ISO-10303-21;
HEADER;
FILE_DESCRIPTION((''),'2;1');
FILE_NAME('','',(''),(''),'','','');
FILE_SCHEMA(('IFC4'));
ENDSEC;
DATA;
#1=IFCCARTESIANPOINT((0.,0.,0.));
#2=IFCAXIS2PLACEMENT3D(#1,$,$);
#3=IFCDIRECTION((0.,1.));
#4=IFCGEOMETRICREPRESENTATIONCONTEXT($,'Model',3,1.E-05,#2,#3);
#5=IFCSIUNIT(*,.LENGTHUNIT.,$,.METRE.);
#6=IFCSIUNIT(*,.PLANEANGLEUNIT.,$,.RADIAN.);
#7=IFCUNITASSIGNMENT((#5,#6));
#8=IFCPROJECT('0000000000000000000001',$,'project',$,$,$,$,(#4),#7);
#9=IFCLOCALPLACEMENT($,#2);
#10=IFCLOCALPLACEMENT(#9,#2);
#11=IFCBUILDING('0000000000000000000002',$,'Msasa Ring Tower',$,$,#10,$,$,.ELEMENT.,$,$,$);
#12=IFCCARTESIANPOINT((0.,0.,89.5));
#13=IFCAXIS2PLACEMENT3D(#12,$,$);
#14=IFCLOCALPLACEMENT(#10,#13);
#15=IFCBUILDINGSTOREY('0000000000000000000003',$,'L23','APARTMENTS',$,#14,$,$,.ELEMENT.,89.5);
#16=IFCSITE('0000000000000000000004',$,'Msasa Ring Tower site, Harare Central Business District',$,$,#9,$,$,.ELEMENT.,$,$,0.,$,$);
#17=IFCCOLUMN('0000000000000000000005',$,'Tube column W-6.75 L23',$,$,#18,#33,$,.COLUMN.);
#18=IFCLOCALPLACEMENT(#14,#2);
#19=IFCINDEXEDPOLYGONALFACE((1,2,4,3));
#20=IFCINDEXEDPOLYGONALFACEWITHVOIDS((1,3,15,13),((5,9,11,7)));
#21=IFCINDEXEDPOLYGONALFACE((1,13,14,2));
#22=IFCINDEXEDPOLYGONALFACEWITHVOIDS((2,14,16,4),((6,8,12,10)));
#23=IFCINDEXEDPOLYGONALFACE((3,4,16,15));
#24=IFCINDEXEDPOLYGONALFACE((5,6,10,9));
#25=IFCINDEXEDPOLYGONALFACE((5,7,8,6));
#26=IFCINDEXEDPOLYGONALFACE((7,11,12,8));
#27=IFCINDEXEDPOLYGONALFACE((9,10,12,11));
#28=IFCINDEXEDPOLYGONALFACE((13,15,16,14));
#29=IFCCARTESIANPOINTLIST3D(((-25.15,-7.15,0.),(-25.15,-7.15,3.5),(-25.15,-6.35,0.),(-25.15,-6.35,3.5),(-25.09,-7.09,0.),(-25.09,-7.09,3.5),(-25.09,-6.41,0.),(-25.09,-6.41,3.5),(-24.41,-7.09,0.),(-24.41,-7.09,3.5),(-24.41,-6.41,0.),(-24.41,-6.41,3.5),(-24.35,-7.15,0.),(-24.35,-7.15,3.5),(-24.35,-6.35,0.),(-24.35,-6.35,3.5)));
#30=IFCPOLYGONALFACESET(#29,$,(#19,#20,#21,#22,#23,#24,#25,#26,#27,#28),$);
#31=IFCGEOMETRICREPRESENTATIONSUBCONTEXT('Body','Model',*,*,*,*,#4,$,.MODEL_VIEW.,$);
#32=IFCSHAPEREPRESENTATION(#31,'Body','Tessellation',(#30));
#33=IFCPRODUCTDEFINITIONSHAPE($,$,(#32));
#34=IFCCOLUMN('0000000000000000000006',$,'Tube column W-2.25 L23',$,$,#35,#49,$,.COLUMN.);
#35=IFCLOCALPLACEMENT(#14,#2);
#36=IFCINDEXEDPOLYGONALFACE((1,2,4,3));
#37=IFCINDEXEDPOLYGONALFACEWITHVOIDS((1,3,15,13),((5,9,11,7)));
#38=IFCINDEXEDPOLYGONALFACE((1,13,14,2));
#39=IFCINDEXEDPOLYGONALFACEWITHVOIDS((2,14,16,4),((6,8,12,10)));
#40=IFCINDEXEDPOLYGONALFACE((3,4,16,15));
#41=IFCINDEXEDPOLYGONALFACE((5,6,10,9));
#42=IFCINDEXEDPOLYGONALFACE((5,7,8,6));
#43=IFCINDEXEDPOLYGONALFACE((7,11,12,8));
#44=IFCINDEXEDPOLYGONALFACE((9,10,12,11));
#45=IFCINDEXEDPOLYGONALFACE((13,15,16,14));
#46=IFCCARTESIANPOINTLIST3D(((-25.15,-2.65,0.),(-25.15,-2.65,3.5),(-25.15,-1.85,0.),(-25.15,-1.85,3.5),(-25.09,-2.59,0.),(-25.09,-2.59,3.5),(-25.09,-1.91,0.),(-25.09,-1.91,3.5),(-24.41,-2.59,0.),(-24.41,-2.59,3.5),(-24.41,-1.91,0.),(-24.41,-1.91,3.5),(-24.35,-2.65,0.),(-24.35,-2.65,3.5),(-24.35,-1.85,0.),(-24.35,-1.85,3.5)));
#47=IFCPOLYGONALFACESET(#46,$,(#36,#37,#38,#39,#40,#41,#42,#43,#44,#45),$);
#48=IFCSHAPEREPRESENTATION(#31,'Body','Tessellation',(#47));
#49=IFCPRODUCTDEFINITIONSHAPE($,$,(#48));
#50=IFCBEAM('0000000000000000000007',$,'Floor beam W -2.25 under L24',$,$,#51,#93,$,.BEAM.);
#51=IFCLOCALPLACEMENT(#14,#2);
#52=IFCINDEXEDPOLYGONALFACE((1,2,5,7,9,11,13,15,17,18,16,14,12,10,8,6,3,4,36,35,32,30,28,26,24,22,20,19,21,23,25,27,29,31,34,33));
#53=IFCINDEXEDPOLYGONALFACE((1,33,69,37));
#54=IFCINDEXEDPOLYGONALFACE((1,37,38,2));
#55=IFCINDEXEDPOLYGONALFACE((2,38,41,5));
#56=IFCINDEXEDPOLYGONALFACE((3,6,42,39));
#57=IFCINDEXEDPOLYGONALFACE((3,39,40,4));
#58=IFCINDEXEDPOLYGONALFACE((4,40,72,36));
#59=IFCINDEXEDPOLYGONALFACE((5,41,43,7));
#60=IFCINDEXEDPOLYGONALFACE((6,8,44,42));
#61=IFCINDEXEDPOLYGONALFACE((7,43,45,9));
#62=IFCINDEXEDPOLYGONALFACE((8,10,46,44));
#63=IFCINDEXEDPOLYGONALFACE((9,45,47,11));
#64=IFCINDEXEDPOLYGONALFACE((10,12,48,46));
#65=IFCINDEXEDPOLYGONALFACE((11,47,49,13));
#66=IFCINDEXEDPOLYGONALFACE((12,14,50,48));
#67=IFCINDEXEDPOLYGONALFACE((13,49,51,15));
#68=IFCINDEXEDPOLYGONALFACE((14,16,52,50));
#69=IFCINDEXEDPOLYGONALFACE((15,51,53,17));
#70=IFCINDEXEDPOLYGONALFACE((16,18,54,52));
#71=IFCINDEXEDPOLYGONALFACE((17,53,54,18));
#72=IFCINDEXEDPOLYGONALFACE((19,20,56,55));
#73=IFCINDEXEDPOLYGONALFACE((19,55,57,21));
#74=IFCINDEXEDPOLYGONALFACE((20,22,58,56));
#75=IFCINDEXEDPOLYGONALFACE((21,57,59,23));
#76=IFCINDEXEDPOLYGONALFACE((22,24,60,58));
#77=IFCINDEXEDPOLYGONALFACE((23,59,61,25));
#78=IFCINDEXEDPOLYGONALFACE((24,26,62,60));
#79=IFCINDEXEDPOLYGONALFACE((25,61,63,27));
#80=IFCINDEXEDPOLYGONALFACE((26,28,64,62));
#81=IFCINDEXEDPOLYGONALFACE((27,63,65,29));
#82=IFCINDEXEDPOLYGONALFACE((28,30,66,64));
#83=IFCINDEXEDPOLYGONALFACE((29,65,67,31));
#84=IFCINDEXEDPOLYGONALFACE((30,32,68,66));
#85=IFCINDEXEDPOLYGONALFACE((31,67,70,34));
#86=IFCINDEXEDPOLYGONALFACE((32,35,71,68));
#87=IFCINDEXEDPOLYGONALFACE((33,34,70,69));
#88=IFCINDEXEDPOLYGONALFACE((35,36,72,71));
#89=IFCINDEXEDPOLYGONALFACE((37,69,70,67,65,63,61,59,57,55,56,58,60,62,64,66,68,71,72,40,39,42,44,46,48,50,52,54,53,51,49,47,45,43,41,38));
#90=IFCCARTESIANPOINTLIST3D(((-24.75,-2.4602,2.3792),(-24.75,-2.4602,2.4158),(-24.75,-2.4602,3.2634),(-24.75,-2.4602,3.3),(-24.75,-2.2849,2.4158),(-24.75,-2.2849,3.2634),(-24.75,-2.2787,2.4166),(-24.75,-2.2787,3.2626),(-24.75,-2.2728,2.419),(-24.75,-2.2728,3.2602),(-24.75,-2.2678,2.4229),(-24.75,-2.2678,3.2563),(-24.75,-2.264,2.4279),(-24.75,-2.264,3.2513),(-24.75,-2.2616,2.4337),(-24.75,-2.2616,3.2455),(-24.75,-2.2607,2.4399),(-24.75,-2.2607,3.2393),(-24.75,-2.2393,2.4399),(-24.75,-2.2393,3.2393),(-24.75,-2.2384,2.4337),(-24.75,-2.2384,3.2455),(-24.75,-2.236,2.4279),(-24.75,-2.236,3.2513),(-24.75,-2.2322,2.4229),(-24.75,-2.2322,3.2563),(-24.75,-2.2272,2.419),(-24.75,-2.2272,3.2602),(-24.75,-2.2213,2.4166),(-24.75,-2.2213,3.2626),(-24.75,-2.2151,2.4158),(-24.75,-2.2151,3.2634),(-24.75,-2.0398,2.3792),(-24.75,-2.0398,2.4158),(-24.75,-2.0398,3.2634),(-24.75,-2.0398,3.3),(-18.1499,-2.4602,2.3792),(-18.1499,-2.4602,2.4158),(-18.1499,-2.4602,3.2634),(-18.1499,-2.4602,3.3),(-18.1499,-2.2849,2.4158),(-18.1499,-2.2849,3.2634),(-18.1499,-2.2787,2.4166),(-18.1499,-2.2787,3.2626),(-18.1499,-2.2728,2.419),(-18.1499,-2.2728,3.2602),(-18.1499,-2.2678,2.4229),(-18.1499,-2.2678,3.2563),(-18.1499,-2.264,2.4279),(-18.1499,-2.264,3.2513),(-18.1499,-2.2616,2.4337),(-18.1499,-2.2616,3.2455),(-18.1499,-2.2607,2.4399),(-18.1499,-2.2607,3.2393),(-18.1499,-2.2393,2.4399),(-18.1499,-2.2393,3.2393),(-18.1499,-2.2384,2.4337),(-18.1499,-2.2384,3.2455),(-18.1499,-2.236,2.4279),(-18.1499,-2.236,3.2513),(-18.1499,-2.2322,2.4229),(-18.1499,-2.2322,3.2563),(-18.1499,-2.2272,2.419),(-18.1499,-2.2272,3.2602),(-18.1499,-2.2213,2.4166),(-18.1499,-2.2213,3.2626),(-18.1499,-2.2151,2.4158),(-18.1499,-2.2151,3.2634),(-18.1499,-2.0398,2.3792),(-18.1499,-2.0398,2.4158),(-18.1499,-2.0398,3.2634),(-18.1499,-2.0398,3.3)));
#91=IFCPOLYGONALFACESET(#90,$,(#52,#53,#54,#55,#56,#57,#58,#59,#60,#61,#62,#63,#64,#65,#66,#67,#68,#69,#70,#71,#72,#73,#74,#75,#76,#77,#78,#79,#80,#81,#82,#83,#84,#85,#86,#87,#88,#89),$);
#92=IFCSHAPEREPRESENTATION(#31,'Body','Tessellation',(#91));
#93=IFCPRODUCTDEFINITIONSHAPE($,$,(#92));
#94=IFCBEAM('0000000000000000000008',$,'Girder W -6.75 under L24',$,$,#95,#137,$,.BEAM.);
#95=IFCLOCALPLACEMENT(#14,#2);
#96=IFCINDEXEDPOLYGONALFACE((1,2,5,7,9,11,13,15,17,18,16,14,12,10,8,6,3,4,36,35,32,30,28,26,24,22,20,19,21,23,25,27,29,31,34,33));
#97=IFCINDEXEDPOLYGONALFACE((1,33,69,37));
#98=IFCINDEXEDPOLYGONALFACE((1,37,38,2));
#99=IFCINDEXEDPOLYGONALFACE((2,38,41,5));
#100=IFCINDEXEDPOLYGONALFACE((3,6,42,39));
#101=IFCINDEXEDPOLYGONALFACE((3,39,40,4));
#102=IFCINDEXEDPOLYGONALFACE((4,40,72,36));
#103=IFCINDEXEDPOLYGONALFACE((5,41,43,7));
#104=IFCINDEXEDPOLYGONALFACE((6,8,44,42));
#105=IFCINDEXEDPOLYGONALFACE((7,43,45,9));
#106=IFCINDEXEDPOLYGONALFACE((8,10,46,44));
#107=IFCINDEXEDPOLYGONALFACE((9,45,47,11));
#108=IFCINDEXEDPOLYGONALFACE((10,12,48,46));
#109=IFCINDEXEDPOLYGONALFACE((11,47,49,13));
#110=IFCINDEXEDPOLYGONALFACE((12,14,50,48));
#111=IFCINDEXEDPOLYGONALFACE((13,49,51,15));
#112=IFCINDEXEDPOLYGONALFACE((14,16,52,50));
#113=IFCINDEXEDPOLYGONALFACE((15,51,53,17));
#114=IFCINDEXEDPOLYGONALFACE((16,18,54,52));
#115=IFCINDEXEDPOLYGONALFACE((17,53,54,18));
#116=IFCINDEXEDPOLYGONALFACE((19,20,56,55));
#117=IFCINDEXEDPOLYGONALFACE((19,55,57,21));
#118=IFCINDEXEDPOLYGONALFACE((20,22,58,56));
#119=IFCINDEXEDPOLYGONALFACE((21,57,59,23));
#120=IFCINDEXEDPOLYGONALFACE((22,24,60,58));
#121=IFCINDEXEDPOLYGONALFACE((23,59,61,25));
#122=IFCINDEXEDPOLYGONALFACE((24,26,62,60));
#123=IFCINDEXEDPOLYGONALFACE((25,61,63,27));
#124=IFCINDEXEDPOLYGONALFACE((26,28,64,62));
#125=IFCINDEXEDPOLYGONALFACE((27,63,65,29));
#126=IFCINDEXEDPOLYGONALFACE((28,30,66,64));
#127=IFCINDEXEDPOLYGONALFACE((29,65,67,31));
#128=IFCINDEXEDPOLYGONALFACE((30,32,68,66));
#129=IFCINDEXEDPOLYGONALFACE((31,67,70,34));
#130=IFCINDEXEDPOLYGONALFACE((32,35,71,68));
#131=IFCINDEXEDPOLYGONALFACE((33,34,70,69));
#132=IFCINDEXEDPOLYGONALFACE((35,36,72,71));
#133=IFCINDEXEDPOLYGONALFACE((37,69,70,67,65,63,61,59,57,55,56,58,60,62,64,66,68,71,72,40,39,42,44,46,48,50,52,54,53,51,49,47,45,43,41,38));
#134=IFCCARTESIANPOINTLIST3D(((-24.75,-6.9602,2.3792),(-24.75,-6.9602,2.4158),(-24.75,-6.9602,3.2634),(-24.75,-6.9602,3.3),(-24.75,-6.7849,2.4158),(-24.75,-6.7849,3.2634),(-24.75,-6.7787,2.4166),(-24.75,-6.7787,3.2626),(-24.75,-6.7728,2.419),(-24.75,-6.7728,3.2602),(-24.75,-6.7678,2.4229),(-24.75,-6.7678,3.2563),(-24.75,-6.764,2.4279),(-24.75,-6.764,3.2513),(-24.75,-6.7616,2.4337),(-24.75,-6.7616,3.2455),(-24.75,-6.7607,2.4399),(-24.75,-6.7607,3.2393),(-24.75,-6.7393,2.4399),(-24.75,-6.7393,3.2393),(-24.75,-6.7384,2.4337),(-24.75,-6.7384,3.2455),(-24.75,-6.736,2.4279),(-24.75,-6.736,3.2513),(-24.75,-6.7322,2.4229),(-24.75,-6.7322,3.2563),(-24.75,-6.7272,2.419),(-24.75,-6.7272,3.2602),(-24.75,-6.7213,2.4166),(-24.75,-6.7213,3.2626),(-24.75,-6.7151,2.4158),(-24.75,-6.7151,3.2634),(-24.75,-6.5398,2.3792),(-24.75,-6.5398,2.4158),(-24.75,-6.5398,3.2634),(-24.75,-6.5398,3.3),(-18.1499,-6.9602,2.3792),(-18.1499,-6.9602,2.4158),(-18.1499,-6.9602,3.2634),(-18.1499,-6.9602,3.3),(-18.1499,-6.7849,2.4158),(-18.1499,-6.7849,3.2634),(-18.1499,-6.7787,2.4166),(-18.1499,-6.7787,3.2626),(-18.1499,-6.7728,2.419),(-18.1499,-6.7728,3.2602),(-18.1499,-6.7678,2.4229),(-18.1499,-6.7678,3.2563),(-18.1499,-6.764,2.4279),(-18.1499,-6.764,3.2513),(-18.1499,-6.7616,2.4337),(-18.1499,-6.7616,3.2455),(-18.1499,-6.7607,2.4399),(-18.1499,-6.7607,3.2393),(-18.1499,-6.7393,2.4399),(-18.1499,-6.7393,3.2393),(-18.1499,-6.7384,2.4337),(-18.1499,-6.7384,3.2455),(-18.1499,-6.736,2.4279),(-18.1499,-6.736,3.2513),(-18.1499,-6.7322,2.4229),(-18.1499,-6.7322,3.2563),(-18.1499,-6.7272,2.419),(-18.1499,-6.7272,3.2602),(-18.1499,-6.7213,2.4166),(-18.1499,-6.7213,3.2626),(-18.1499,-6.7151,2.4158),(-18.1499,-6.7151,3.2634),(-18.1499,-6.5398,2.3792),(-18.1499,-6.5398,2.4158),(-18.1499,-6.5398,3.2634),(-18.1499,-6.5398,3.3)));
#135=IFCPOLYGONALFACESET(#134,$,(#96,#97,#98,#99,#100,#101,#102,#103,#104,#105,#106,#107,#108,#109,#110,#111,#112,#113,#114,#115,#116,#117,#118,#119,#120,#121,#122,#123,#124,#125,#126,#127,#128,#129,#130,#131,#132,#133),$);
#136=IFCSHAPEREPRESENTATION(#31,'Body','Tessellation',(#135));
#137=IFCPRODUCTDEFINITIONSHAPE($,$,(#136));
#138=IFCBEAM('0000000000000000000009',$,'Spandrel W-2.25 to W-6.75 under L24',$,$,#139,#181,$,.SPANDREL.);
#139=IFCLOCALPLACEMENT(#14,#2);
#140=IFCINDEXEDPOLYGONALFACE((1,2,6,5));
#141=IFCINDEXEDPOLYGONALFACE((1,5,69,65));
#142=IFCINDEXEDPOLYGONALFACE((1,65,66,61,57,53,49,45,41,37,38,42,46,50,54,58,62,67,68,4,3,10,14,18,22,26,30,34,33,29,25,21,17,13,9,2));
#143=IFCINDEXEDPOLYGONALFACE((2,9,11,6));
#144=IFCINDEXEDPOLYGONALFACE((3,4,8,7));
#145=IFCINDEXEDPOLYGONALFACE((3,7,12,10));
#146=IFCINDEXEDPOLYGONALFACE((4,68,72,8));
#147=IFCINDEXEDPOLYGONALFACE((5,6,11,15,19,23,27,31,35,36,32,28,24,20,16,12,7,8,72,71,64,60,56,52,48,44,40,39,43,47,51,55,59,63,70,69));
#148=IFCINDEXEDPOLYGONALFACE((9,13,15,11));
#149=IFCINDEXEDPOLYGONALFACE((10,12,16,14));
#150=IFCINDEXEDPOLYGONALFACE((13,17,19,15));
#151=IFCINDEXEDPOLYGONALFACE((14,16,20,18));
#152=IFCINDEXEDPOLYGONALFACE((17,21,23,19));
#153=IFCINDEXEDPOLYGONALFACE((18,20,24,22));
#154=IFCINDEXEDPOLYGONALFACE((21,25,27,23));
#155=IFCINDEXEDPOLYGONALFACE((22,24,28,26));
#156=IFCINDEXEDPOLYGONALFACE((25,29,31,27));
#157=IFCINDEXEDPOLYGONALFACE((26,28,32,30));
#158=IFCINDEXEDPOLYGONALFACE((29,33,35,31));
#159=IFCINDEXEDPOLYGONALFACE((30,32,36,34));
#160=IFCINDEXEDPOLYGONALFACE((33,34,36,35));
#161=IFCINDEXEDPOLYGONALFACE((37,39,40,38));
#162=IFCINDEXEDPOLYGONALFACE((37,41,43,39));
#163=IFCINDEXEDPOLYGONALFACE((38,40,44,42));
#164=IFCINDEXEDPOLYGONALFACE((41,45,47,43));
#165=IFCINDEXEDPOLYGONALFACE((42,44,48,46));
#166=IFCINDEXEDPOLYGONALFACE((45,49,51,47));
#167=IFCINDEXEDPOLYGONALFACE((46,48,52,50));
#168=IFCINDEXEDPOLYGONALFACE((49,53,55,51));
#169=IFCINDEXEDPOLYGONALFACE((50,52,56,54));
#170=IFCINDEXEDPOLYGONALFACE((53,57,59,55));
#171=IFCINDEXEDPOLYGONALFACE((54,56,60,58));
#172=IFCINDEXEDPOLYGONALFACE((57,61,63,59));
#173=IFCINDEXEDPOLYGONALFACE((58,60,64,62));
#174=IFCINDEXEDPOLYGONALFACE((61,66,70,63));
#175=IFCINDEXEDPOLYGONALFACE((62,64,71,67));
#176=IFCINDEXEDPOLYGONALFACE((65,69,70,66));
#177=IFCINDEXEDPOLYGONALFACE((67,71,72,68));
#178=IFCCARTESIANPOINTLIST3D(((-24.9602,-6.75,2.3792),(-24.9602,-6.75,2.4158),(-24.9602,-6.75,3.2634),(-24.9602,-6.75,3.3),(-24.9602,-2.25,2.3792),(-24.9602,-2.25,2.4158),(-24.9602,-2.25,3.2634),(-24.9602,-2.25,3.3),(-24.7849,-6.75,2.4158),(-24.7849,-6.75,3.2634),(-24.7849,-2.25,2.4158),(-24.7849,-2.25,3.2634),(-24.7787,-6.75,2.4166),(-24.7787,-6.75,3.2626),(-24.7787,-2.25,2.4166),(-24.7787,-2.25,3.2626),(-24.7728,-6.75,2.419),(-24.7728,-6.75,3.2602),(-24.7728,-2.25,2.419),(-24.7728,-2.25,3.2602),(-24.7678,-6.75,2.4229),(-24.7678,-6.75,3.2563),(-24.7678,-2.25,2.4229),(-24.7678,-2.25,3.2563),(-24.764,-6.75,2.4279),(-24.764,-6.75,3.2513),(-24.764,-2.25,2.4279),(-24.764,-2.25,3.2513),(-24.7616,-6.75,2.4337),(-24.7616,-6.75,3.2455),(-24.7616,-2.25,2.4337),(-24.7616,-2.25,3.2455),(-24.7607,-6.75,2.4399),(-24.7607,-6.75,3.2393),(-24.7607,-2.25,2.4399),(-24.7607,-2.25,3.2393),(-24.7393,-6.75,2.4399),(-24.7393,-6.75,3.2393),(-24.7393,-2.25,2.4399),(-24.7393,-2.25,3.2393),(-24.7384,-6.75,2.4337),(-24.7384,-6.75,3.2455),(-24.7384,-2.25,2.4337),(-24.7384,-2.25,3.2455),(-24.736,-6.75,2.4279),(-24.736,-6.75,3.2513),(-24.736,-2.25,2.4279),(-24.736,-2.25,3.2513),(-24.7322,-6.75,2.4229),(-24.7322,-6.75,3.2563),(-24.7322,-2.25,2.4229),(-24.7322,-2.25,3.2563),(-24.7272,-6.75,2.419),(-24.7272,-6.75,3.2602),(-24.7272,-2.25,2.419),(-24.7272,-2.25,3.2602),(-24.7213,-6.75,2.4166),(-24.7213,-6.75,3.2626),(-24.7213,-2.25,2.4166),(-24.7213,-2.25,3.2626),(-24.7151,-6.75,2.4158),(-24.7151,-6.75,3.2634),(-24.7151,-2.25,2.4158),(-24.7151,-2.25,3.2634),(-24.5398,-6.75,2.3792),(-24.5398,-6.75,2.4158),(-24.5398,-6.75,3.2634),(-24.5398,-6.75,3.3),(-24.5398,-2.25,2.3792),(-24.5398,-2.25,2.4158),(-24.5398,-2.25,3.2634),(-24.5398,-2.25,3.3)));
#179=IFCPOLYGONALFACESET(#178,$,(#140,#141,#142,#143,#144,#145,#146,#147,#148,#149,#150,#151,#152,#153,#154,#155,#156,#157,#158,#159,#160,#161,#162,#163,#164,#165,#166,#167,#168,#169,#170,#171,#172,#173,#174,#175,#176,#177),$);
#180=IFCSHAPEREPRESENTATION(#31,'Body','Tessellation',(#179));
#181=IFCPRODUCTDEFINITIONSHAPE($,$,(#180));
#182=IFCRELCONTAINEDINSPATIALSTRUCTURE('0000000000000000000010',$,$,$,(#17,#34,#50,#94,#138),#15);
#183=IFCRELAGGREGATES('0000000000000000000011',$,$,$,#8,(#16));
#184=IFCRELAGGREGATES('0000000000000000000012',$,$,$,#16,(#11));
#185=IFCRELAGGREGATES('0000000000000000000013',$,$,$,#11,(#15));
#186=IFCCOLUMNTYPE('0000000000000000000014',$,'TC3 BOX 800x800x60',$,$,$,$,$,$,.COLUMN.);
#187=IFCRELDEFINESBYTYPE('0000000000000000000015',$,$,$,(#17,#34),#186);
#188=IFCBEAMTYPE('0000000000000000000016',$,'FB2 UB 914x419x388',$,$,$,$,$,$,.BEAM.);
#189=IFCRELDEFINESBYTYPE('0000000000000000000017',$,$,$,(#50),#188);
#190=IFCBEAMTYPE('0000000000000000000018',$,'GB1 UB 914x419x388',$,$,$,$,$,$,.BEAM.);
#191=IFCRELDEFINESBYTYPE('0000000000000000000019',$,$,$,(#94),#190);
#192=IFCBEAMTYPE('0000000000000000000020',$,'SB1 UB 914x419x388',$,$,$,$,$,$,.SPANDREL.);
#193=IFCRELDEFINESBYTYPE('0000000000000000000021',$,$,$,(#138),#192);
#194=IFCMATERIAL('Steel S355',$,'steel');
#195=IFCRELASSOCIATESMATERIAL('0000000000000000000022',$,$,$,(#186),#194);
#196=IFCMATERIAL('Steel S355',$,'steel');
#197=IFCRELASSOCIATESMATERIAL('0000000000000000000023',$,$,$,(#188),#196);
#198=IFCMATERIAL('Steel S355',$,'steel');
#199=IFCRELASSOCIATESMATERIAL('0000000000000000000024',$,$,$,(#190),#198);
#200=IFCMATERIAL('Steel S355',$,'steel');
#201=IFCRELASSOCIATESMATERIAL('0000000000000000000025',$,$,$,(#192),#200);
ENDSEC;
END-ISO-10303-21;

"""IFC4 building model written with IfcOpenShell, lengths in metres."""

from ifc_helpers import new_model, si_unit, direction, frame, origin, origin_2d, place, context, subcontext, project, spatial, hollow_rectangle, i_section, extrude, material, material_profile, profile_set, type_object, element, save


model = new_model("IFC4")

# Units and contexts
model_context = context("Model", 3, precision=1e-05, world=origin(), true_north=direction((0.0, 1.0)))
body_context = subcontext(model_context, "Body", "Model", "MODEL_VIEW")
ifc_project = project(units=[si_unit("LENGTHUNIT", "METRE"), si_unit("PLANEANGLEUNIT", "RADIAN")], contexts=[model_context])

# Site, building, storey
site_placement = place(None, origin())
site = spatial("IfcSite", under=ifc_project, at=site_placement, Name="Msasa Ring Tower site, Harare Central Business District", CompositionType="ELEMENT", RefElevation=0.0)
building_placement = place(site_placement, origin())
building = spatial("IfcBuilding", under=site, at=building_placement, Name="Msasa Ring Tower", CompositionType="ELEMENT")
storey_placement = place(building_placement, frame((0.0, 0.0, 89.5)))
storey = spatial("IfcBuildingStorey", under=building, at=storey_placement, Name="L23", Description="APARTMENTS", CompositionType="ELEMENT", Elevation=89.5)

# Columns
ifc_material_1 = material(Name="Steel S355", Category="steel")
ifc_material_profile_1 = material_profile(ifc_material_1, hollow_rectangle(XDim=0.8, YDim=0.8, WallThickness=0.0601, at=origin_2d()), Name="BOX 800x800x60")
ifc_profile_set_1 = profile_set([ifc_material_profile_1], Name="Steel S355")
column_type = type_object("IfcColumnType", Name="TC3 BOX 800x800x60", PredefinedType="COLUMN", material=ifc_profile_set_1)
for number, where, z_axis, x_axis, name in (
    (1, (-24.75, -6.75, 0.0), (0.0, 0.0, 1.0), (1.0, 0.0, 0.0), "Tube column W-6.75 L23"),
    (2, (-24.75, -2.25, 0.0), (0.0, 0.0, 1.0), (1.0, 0.0, 0.0), "Tube column W-2.25 L23"),
):
    element("IfcColumn", number, at=place(storey_placement, frame(where, z_axis=z_axis, x_axis=x_axis)), inside=storey, type_object=column_type, Name=name, PredefinedType="COLUMN", context=body_context, shape_type="SweptSolid", body=[
        extrude(hollow_rectangle(XDim=0.8, YDim=0.8, WallThickness=0.0601, at=origin_2d()), origin(), (0.0, 0.0, 1.0), 3.5),
    ])

# Beams
ifc_material_2 = material(Name="Steel S355", Category="steel")
ifc_material_profile_2 = material_profile(ifc_material_2, i_section(OverallWidth=0.4204, OverallDepth=0.9209, WebThickness=0.0215, FlangeThickness=0.0366, FilletRadius=0.0242, at=origin_2d()), Name="UB 914x419x388")
ifc_profile_set_2 = profile_set([ifc_material_profile_2], Name="Steel S355")
beam_type_1 = type_object("IfcBeamType", Name="FB2 UB 914x419x388", PredefinedType="BEAM", material=ifc_profile_set_2)
beam_1_placement = place(storey_placement, frame((-24.75, -2.25, 2.8396), z_axis=(1.0, 0.0, 0.0), x_axis=(0.0, 1.0, 0.0)))
element("IfcBeam", 3, at=beam_1_placement, inside=storey, type_object=beam_type_1, Name="Floor beam W -2.25 under L24", PredefinedType="BEAM", context=body_context, shape_type="SweptSolid", body=[
    extrude(i_section(OverallWidth=0.4204, OverallDepth=0.9209, WebThickness=0.0215, FlangeThickness=0.0366, FilletRadius=0.0242, at=origin_2d()), origin(), (0.0, 0.0, 1.0), 6.6001),
])
ifc_material_3 = material(Name="Steel S355", Category="steel")
ifc_material_profile_3 = material_profile(ifc_material_3, i_section(OverallWidth=0.4204, OverallDepth=0.9209, WebThickness=0.0215, FlangeThickness=0.0366, FilletRadius=0.0242, at=origin_2d()), Name="UB 914x419x388")
ifc_profile_set_3 = profile_set([ifc_material_profile_3], Name="Steel S355")
beam_type_2 = type_object("IfcBeamType", Name="GB1 UB 914x419x388", PredefinedType="BEAM", material=ifc_profile_set_3)
beam_2_placement = place(storey_placement, frame((-18.1499, -6.75, 2.8396), z_axis=(-1.0, 0.0, 0.0), x_axis=(0.0, -1.0, 0.0)))
element("IfcBeam", 4, at=beam_2_placement, inside=storey, type_object=beam_type_2, Name="Girder W -6.75 under L24", PredefinedType="BEAM", context=body_context, shape_type="SweptSolid", body=[
    extrude(i_section(OverallWidth=0.4204, OverallDepth=0.9209, WebThickness=0.0215, FlangeThickness=0.0366, FilletRadius=0.0242, at=origin_2d()), origin(), (0.0, 0.0, 1.0), 6.6001),
])
ifc_material_4 = material(Name="Steel S355", Category="steel")
ifc_material_profile_4 = material_profile(ifc_material_4, i_section(OverallWidth=0.4204, OverallDepth=0.9209, WebThickness=0.0215, FlangeThickness=0.0366, FilletRadius=0.0242, at=origin_2d()), Name="UB 914x419x388")
ifc_profile_set_4 = profile_set([ifc_material_profile_4], Name="Steel S355")
beam_type_3 = type_object("IfcBeamType", Name="SB1 UB 914x419x388", PredefinedType="SPANDREL", material=ifc_profile_set_4)
for number, where, z_axis, x_axis, name in (
    (5, (-24.75, -2.25, 2.8396), (0.0, -1.0, 0.0), (1.0, 0.0, 0.0), "Spandrel W-2.25 to W-6.75 under L24"),
):
    element("IfcBeam", number, at=place(storey_placement, frame(where, z_axis=z_axis, x_axis=x_axis)), inside=storey, type_object=beam_type_3, Name=name, PredefinedType="SPANDREL", context=body_context, shape_type="SweptSolid", body=[
        extrude(i_section(OverallWidth=0.4204, OverallDepth=0.9209, WebThickness=0.0215, FlangeThickness=0.0366, FilletRadius=0.0242, at=origin_2d()), origin(), (0.0, 0.0, 1.0), 4.5),
    ])

save(model, "model.ifc")
